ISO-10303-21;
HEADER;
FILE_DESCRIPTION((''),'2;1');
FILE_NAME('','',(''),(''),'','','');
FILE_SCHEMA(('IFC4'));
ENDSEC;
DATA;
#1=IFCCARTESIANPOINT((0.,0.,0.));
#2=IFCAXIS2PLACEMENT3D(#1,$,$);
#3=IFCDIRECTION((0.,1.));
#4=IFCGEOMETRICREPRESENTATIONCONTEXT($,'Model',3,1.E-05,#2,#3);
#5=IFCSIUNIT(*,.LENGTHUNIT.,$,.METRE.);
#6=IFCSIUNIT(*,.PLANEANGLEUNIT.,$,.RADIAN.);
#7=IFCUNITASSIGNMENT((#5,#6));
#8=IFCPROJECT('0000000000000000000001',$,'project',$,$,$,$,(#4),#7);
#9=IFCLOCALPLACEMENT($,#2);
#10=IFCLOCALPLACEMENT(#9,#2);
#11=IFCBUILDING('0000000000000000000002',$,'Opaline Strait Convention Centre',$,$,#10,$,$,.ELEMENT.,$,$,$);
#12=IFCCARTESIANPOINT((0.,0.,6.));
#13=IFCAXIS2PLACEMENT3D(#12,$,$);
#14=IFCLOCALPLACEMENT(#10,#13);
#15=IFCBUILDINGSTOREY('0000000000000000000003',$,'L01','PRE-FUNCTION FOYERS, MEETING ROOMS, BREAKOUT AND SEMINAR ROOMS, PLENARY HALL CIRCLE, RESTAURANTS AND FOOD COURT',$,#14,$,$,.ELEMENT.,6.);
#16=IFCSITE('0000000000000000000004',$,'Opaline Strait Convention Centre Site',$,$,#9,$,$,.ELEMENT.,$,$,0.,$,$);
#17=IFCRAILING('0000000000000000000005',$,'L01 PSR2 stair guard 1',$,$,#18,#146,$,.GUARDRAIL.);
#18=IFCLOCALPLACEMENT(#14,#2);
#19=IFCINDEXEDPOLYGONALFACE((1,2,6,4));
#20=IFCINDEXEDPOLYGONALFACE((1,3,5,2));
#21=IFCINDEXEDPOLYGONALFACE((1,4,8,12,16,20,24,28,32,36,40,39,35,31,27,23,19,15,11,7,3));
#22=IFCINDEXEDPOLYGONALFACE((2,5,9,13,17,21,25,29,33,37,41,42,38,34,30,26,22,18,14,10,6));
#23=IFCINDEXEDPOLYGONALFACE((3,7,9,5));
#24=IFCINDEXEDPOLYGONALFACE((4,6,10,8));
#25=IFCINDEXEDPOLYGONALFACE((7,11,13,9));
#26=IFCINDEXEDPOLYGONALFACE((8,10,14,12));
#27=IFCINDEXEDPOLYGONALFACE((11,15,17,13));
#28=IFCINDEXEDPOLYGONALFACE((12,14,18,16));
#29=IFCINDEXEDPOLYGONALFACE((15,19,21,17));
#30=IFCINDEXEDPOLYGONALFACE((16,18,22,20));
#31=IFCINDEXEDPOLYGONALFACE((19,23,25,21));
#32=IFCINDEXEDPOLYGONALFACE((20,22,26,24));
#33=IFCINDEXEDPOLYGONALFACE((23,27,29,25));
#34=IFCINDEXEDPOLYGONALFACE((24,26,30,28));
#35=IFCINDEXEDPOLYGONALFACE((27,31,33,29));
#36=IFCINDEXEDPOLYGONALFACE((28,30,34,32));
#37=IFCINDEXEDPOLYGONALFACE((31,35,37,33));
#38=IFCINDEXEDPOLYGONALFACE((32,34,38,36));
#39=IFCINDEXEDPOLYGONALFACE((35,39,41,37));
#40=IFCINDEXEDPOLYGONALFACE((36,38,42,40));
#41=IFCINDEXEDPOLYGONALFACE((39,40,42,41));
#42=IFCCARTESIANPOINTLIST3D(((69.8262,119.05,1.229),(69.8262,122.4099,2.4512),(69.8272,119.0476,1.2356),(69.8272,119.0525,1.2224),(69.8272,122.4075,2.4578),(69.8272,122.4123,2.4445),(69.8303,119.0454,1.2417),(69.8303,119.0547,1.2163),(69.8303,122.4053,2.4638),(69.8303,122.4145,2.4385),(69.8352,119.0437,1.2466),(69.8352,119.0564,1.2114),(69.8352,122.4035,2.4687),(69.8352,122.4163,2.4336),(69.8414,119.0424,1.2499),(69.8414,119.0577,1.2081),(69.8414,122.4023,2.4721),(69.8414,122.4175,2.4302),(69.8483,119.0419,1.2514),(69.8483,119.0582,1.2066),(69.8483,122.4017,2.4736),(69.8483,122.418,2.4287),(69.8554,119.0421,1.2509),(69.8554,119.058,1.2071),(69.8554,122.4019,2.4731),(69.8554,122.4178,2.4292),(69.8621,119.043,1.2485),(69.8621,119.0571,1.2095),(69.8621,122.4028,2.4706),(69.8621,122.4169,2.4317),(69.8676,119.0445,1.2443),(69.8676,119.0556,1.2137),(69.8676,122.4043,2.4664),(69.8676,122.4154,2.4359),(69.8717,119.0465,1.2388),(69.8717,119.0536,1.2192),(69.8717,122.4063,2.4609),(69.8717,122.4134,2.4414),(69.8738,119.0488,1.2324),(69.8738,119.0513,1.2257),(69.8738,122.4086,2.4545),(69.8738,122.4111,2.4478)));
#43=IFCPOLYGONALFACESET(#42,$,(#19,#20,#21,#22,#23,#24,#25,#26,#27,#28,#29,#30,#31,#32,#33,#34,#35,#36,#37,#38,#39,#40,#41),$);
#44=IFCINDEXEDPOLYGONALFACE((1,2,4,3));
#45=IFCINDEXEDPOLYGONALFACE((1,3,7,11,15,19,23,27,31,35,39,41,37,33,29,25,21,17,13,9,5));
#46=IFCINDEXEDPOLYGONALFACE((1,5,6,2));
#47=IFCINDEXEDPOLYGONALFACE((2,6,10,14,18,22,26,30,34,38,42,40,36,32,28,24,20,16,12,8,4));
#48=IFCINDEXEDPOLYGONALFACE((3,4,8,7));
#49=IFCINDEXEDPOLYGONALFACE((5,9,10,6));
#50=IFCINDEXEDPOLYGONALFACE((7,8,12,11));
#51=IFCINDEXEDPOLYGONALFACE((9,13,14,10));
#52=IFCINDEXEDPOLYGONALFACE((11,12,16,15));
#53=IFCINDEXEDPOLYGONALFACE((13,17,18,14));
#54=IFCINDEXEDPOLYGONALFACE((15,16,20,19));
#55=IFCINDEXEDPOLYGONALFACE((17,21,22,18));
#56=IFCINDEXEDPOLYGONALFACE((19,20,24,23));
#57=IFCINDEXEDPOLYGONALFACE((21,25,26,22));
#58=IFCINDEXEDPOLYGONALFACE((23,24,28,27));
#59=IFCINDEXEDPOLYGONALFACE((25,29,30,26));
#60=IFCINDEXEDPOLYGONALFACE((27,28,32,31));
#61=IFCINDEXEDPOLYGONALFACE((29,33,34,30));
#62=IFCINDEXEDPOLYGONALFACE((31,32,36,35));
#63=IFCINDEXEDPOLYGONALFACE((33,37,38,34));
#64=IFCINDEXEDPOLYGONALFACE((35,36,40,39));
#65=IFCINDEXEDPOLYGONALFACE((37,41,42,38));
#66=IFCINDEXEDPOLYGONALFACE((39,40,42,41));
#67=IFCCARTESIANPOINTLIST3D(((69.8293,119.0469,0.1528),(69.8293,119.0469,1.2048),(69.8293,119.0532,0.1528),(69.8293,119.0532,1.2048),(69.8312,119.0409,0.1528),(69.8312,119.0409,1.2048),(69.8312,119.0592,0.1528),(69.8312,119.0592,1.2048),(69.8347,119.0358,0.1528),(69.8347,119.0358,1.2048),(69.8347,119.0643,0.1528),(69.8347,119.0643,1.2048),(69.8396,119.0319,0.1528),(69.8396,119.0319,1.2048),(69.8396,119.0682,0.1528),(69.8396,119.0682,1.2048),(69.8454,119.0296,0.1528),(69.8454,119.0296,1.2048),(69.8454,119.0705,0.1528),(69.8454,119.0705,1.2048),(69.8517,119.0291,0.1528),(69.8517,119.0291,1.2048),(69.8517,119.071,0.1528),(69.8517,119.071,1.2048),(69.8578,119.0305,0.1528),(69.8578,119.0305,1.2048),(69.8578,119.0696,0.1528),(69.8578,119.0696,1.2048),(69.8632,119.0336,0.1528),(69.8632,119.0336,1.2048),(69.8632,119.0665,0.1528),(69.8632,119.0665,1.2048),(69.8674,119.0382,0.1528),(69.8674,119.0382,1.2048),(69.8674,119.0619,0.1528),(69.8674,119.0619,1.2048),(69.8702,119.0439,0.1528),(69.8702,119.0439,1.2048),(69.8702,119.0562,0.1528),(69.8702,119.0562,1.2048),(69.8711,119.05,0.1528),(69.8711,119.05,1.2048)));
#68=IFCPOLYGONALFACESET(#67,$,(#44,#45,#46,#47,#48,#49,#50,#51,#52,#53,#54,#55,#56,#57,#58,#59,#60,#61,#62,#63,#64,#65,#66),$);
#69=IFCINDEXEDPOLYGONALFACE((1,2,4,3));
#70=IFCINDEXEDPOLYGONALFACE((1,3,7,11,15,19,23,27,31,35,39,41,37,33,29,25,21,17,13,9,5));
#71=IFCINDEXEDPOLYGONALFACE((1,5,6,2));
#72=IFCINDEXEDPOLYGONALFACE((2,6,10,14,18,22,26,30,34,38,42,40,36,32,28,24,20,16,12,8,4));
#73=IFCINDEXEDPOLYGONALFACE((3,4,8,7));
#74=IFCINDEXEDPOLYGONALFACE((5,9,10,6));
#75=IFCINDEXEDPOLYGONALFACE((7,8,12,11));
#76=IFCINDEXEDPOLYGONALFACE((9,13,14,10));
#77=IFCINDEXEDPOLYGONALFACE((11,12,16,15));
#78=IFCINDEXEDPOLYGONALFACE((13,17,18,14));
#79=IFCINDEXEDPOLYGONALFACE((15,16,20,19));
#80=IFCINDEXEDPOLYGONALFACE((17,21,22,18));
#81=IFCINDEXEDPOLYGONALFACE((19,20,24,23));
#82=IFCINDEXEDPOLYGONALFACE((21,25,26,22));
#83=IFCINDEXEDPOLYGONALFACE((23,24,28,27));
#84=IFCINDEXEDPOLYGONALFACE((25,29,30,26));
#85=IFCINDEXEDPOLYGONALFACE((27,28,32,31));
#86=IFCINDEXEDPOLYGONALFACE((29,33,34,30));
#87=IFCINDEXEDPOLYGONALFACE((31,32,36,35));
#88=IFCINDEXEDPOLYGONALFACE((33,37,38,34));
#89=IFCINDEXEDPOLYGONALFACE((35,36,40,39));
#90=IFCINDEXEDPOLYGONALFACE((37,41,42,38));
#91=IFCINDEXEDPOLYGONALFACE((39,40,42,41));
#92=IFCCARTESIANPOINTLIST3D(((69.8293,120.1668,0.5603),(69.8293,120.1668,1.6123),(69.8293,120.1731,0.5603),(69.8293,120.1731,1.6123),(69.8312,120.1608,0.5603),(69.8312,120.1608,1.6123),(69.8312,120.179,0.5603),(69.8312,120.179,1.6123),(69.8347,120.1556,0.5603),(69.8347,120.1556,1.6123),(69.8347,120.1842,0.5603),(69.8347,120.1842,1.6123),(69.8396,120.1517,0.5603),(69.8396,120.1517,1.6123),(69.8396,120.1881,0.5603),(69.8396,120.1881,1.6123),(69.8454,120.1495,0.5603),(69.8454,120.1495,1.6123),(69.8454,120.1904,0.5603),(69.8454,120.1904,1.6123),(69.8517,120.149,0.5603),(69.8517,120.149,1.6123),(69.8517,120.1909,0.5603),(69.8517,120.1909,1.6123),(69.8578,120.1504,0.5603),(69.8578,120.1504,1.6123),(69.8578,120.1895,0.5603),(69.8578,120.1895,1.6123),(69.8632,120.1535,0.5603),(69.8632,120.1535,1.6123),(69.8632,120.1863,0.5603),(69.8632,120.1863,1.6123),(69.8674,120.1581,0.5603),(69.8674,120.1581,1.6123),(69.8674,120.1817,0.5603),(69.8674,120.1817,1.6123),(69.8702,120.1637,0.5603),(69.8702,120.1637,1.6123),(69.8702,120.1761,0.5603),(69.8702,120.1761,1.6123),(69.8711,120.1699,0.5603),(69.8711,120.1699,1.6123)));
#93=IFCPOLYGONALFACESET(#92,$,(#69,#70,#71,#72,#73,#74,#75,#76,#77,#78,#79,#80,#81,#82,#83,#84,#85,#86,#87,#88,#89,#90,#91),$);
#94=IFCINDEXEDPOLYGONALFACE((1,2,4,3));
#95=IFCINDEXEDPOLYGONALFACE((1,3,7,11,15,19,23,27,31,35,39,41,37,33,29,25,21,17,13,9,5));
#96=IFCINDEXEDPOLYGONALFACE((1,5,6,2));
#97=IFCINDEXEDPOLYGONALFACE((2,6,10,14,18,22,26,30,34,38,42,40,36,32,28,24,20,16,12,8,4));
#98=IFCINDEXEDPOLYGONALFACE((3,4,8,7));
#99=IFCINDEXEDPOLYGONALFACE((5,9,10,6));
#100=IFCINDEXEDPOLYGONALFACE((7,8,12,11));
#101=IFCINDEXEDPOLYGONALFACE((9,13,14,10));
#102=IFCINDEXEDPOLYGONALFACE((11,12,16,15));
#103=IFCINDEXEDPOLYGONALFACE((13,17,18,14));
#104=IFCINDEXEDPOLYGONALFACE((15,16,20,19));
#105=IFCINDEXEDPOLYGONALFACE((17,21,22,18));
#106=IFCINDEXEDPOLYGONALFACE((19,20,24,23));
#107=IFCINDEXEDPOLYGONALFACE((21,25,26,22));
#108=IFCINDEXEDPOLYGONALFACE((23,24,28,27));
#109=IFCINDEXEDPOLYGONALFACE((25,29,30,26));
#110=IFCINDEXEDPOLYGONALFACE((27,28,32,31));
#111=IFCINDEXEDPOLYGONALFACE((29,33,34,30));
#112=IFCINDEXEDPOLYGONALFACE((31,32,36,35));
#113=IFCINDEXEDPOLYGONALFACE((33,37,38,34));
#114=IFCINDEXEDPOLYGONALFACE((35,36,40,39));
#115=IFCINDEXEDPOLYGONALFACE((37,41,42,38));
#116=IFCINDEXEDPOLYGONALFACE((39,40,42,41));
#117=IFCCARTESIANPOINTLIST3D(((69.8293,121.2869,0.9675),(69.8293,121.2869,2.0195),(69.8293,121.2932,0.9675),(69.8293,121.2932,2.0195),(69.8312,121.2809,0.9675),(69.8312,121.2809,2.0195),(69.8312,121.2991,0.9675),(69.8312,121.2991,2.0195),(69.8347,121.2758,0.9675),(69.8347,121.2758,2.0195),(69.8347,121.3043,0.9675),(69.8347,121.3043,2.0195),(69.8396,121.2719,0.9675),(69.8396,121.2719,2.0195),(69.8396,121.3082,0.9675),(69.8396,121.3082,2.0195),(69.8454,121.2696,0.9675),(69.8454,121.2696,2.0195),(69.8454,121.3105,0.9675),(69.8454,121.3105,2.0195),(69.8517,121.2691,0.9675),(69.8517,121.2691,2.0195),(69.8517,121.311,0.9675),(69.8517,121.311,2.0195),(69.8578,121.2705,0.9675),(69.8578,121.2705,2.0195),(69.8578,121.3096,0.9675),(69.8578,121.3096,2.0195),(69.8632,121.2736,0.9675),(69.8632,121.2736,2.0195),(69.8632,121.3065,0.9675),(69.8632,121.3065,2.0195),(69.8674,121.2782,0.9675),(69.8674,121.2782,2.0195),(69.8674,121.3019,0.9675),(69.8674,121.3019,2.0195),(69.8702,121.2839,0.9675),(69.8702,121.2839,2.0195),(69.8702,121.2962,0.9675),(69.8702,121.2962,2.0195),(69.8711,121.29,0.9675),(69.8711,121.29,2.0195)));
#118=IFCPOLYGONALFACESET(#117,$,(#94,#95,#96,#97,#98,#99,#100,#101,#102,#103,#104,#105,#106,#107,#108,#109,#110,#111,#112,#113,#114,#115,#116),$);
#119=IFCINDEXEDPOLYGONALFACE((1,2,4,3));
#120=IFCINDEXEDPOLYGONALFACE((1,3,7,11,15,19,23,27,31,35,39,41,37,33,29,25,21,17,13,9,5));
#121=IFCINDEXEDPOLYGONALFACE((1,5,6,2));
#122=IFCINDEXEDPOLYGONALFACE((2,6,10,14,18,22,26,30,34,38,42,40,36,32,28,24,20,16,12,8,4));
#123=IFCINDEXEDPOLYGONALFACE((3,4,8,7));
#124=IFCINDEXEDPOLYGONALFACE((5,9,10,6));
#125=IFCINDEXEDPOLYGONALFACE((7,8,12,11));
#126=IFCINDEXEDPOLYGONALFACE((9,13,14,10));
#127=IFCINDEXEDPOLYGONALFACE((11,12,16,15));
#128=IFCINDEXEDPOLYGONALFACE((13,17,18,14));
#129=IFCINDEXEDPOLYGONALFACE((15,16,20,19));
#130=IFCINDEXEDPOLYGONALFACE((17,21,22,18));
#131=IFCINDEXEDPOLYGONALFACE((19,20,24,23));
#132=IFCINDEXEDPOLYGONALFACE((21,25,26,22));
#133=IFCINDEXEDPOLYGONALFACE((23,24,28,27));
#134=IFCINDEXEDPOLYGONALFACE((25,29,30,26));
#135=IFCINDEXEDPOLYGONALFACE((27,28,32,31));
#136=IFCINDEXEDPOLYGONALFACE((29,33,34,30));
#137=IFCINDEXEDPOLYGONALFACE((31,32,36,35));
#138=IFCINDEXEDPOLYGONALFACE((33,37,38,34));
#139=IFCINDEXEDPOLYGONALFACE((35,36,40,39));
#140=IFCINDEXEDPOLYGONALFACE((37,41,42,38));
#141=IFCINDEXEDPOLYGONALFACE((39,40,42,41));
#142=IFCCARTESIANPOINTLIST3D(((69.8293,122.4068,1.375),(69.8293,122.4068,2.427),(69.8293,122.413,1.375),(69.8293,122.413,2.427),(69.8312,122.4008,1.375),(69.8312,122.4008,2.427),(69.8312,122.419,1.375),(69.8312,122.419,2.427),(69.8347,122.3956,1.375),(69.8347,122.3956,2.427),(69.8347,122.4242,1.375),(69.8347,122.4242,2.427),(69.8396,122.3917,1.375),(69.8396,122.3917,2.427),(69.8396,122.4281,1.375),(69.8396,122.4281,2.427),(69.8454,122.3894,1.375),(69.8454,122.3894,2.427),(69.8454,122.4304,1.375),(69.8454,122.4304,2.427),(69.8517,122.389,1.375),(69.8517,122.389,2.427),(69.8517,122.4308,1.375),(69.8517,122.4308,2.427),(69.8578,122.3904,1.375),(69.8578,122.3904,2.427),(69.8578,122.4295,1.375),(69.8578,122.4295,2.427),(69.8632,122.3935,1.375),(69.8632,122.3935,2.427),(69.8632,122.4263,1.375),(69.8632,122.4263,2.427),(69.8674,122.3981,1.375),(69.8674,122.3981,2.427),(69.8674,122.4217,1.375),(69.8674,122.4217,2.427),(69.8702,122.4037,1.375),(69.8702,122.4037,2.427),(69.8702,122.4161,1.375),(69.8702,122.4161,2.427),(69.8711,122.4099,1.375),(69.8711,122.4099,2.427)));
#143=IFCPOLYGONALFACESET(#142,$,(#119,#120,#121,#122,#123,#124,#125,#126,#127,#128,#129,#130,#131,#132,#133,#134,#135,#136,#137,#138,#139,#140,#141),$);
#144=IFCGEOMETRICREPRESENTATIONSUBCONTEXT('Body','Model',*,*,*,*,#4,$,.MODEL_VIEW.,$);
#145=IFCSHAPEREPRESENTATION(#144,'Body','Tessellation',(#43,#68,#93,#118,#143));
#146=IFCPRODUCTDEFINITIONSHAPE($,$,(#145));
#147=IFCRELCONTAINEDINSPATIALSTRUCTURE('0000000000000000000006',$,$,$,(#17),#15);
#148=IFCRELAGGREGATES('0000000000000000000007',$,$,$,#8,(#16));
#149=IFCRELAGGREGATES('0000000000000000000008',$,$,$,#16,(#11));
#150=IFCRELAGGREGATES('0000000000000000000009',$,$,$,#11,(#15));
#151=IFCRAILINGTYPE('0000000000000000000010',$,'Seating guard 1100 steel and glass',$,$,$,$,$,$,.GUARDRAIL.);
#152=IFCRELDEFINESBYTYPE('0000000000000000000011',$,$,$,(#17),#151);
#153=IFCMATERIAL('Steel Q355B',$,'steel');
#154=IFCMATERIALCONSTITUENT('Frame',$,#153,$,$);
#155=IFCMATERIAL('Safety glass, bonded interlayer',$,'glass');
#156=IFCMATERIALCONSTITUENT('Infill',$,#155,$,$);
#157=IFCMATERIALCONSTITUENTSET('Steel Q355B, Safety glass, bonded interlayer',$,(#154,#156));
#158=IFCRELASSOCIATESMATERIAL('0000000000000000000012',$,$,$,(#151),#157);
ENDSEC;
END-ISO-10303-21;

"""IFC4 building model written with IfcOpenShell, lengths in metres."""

from ifc_helpers import new_model, si_unit, direction, frame, origin, origin_2d, place, context, subcontext, project, spatial, circle, extrude, material, constituent, constituent_set, type_object, element, save


model = new_model("IFC4")

# Units and contexts
model_context = context("Model", 3, precision=1e-05, world=origin(), true_north=direction((0.0, 1.0)))
body_context = subcontext(model_context, "Body", "Model", "MODEL_VIEW")
ifc_project = project(units=[si_unit("LENGTHUNIT", "METRE"), si_unit("PLANEANGLEUNIT", "RADIAN")], contexts=[model_context])

# Site, building, storey
site_placement = place(None, origin())
site = spatial("IfcSite", under=ifc_project, at=site_placement, Name="Opaline Strait Convention Centre Site", CompositionType="ELEMENT", RefElevation=0.0)
building_placement = place(site_placement, origin())
building = spatial("IfcBuilding", under=site, at=building_placement, Name="Opaline Strait Convention Centre", CompositionType="ELEMENT")
storey_placement = place(building_placement, frame((0.0, 0.0, 6.0)))
storey = spatial("IfcBuildingStorey", under=building, at=storey_placement, Name="L01", Description="PRE-FUNCTION FOYERS, MEETING ROOMS, BREAKOUT AND SEMINAR ROOMS, PLENARY HALL CIRCLE, RESTAURANTS AND FOOD COURT", CompositionType="ELEMENT", Elevation=6.0)

# Railing
ifc_material_1 = material(Name="Steel Q355B", Category="steel")
ifc_constituent_1 = constituent(ifc_material_1, Name="Frame")
ifc_material_2 = material(Name="Safety glass, bonded interlayer", Category="glass")
ifc_constituent_2 = constituent(ifc_material_2, Name="Infill")
ifc_constituent_set_1 = constituent_set(constituents=[ifc_constituent_1, ifc_constituent_2], Name="Steel Q355B, Safety glass, bonded interlayer")
railing_type_1 = type_object("IfcRailingType", Name="Seating guard 1100 steel and glass", PredefinedType="GUARDRAIL", material=ifc_constituent_set_1)
for number, where, name in (
    (1, (69.8501, 119.05, 0.1528), "L01 PSR2 stair guard 1"),
):
    element("IfcRailing", number, at=place(storey_placement, frame(where)), inside=storey, type_object=railing_type_1, Name=name, PredefinedType="GUARDRAIL", context=body_context, shape_type="SweptSolid", body=[
        extrude(circle(Radius=0.0239, at=origin_2d()), frame((0.0, 0.0, 1.0762), z_axis=(0.0, 0.939758, 0.341842), x_axis=(-1.0, 0.0, 0.0)), (0.0, 0.0, 1.0), 3.5752),
        extrude(circle(Radius=0.021, at=origin_2d()), origin(), (0.0, 0.0, 1.0), 1.052),
        extrude(circle(Radius=0.021, at=origin_2d()), frame((0.0, 1.1199, 0.4075)), (0.0, 0.0, 1.0), 1.052),
        extrude(circle(Radius=0.021, at=origin_2d()), frame((0.0, 2.24, 0.8147)), (0.0, 0.0, 1.0), 1.052),
        extrude(circle(Radius=0.021, at=origin_2d()), frame((0.0, 3.3599, 1.2222)), (0.0, 0.0, 1.0), 1.052),
    ])

save(model, "model.ifc")
